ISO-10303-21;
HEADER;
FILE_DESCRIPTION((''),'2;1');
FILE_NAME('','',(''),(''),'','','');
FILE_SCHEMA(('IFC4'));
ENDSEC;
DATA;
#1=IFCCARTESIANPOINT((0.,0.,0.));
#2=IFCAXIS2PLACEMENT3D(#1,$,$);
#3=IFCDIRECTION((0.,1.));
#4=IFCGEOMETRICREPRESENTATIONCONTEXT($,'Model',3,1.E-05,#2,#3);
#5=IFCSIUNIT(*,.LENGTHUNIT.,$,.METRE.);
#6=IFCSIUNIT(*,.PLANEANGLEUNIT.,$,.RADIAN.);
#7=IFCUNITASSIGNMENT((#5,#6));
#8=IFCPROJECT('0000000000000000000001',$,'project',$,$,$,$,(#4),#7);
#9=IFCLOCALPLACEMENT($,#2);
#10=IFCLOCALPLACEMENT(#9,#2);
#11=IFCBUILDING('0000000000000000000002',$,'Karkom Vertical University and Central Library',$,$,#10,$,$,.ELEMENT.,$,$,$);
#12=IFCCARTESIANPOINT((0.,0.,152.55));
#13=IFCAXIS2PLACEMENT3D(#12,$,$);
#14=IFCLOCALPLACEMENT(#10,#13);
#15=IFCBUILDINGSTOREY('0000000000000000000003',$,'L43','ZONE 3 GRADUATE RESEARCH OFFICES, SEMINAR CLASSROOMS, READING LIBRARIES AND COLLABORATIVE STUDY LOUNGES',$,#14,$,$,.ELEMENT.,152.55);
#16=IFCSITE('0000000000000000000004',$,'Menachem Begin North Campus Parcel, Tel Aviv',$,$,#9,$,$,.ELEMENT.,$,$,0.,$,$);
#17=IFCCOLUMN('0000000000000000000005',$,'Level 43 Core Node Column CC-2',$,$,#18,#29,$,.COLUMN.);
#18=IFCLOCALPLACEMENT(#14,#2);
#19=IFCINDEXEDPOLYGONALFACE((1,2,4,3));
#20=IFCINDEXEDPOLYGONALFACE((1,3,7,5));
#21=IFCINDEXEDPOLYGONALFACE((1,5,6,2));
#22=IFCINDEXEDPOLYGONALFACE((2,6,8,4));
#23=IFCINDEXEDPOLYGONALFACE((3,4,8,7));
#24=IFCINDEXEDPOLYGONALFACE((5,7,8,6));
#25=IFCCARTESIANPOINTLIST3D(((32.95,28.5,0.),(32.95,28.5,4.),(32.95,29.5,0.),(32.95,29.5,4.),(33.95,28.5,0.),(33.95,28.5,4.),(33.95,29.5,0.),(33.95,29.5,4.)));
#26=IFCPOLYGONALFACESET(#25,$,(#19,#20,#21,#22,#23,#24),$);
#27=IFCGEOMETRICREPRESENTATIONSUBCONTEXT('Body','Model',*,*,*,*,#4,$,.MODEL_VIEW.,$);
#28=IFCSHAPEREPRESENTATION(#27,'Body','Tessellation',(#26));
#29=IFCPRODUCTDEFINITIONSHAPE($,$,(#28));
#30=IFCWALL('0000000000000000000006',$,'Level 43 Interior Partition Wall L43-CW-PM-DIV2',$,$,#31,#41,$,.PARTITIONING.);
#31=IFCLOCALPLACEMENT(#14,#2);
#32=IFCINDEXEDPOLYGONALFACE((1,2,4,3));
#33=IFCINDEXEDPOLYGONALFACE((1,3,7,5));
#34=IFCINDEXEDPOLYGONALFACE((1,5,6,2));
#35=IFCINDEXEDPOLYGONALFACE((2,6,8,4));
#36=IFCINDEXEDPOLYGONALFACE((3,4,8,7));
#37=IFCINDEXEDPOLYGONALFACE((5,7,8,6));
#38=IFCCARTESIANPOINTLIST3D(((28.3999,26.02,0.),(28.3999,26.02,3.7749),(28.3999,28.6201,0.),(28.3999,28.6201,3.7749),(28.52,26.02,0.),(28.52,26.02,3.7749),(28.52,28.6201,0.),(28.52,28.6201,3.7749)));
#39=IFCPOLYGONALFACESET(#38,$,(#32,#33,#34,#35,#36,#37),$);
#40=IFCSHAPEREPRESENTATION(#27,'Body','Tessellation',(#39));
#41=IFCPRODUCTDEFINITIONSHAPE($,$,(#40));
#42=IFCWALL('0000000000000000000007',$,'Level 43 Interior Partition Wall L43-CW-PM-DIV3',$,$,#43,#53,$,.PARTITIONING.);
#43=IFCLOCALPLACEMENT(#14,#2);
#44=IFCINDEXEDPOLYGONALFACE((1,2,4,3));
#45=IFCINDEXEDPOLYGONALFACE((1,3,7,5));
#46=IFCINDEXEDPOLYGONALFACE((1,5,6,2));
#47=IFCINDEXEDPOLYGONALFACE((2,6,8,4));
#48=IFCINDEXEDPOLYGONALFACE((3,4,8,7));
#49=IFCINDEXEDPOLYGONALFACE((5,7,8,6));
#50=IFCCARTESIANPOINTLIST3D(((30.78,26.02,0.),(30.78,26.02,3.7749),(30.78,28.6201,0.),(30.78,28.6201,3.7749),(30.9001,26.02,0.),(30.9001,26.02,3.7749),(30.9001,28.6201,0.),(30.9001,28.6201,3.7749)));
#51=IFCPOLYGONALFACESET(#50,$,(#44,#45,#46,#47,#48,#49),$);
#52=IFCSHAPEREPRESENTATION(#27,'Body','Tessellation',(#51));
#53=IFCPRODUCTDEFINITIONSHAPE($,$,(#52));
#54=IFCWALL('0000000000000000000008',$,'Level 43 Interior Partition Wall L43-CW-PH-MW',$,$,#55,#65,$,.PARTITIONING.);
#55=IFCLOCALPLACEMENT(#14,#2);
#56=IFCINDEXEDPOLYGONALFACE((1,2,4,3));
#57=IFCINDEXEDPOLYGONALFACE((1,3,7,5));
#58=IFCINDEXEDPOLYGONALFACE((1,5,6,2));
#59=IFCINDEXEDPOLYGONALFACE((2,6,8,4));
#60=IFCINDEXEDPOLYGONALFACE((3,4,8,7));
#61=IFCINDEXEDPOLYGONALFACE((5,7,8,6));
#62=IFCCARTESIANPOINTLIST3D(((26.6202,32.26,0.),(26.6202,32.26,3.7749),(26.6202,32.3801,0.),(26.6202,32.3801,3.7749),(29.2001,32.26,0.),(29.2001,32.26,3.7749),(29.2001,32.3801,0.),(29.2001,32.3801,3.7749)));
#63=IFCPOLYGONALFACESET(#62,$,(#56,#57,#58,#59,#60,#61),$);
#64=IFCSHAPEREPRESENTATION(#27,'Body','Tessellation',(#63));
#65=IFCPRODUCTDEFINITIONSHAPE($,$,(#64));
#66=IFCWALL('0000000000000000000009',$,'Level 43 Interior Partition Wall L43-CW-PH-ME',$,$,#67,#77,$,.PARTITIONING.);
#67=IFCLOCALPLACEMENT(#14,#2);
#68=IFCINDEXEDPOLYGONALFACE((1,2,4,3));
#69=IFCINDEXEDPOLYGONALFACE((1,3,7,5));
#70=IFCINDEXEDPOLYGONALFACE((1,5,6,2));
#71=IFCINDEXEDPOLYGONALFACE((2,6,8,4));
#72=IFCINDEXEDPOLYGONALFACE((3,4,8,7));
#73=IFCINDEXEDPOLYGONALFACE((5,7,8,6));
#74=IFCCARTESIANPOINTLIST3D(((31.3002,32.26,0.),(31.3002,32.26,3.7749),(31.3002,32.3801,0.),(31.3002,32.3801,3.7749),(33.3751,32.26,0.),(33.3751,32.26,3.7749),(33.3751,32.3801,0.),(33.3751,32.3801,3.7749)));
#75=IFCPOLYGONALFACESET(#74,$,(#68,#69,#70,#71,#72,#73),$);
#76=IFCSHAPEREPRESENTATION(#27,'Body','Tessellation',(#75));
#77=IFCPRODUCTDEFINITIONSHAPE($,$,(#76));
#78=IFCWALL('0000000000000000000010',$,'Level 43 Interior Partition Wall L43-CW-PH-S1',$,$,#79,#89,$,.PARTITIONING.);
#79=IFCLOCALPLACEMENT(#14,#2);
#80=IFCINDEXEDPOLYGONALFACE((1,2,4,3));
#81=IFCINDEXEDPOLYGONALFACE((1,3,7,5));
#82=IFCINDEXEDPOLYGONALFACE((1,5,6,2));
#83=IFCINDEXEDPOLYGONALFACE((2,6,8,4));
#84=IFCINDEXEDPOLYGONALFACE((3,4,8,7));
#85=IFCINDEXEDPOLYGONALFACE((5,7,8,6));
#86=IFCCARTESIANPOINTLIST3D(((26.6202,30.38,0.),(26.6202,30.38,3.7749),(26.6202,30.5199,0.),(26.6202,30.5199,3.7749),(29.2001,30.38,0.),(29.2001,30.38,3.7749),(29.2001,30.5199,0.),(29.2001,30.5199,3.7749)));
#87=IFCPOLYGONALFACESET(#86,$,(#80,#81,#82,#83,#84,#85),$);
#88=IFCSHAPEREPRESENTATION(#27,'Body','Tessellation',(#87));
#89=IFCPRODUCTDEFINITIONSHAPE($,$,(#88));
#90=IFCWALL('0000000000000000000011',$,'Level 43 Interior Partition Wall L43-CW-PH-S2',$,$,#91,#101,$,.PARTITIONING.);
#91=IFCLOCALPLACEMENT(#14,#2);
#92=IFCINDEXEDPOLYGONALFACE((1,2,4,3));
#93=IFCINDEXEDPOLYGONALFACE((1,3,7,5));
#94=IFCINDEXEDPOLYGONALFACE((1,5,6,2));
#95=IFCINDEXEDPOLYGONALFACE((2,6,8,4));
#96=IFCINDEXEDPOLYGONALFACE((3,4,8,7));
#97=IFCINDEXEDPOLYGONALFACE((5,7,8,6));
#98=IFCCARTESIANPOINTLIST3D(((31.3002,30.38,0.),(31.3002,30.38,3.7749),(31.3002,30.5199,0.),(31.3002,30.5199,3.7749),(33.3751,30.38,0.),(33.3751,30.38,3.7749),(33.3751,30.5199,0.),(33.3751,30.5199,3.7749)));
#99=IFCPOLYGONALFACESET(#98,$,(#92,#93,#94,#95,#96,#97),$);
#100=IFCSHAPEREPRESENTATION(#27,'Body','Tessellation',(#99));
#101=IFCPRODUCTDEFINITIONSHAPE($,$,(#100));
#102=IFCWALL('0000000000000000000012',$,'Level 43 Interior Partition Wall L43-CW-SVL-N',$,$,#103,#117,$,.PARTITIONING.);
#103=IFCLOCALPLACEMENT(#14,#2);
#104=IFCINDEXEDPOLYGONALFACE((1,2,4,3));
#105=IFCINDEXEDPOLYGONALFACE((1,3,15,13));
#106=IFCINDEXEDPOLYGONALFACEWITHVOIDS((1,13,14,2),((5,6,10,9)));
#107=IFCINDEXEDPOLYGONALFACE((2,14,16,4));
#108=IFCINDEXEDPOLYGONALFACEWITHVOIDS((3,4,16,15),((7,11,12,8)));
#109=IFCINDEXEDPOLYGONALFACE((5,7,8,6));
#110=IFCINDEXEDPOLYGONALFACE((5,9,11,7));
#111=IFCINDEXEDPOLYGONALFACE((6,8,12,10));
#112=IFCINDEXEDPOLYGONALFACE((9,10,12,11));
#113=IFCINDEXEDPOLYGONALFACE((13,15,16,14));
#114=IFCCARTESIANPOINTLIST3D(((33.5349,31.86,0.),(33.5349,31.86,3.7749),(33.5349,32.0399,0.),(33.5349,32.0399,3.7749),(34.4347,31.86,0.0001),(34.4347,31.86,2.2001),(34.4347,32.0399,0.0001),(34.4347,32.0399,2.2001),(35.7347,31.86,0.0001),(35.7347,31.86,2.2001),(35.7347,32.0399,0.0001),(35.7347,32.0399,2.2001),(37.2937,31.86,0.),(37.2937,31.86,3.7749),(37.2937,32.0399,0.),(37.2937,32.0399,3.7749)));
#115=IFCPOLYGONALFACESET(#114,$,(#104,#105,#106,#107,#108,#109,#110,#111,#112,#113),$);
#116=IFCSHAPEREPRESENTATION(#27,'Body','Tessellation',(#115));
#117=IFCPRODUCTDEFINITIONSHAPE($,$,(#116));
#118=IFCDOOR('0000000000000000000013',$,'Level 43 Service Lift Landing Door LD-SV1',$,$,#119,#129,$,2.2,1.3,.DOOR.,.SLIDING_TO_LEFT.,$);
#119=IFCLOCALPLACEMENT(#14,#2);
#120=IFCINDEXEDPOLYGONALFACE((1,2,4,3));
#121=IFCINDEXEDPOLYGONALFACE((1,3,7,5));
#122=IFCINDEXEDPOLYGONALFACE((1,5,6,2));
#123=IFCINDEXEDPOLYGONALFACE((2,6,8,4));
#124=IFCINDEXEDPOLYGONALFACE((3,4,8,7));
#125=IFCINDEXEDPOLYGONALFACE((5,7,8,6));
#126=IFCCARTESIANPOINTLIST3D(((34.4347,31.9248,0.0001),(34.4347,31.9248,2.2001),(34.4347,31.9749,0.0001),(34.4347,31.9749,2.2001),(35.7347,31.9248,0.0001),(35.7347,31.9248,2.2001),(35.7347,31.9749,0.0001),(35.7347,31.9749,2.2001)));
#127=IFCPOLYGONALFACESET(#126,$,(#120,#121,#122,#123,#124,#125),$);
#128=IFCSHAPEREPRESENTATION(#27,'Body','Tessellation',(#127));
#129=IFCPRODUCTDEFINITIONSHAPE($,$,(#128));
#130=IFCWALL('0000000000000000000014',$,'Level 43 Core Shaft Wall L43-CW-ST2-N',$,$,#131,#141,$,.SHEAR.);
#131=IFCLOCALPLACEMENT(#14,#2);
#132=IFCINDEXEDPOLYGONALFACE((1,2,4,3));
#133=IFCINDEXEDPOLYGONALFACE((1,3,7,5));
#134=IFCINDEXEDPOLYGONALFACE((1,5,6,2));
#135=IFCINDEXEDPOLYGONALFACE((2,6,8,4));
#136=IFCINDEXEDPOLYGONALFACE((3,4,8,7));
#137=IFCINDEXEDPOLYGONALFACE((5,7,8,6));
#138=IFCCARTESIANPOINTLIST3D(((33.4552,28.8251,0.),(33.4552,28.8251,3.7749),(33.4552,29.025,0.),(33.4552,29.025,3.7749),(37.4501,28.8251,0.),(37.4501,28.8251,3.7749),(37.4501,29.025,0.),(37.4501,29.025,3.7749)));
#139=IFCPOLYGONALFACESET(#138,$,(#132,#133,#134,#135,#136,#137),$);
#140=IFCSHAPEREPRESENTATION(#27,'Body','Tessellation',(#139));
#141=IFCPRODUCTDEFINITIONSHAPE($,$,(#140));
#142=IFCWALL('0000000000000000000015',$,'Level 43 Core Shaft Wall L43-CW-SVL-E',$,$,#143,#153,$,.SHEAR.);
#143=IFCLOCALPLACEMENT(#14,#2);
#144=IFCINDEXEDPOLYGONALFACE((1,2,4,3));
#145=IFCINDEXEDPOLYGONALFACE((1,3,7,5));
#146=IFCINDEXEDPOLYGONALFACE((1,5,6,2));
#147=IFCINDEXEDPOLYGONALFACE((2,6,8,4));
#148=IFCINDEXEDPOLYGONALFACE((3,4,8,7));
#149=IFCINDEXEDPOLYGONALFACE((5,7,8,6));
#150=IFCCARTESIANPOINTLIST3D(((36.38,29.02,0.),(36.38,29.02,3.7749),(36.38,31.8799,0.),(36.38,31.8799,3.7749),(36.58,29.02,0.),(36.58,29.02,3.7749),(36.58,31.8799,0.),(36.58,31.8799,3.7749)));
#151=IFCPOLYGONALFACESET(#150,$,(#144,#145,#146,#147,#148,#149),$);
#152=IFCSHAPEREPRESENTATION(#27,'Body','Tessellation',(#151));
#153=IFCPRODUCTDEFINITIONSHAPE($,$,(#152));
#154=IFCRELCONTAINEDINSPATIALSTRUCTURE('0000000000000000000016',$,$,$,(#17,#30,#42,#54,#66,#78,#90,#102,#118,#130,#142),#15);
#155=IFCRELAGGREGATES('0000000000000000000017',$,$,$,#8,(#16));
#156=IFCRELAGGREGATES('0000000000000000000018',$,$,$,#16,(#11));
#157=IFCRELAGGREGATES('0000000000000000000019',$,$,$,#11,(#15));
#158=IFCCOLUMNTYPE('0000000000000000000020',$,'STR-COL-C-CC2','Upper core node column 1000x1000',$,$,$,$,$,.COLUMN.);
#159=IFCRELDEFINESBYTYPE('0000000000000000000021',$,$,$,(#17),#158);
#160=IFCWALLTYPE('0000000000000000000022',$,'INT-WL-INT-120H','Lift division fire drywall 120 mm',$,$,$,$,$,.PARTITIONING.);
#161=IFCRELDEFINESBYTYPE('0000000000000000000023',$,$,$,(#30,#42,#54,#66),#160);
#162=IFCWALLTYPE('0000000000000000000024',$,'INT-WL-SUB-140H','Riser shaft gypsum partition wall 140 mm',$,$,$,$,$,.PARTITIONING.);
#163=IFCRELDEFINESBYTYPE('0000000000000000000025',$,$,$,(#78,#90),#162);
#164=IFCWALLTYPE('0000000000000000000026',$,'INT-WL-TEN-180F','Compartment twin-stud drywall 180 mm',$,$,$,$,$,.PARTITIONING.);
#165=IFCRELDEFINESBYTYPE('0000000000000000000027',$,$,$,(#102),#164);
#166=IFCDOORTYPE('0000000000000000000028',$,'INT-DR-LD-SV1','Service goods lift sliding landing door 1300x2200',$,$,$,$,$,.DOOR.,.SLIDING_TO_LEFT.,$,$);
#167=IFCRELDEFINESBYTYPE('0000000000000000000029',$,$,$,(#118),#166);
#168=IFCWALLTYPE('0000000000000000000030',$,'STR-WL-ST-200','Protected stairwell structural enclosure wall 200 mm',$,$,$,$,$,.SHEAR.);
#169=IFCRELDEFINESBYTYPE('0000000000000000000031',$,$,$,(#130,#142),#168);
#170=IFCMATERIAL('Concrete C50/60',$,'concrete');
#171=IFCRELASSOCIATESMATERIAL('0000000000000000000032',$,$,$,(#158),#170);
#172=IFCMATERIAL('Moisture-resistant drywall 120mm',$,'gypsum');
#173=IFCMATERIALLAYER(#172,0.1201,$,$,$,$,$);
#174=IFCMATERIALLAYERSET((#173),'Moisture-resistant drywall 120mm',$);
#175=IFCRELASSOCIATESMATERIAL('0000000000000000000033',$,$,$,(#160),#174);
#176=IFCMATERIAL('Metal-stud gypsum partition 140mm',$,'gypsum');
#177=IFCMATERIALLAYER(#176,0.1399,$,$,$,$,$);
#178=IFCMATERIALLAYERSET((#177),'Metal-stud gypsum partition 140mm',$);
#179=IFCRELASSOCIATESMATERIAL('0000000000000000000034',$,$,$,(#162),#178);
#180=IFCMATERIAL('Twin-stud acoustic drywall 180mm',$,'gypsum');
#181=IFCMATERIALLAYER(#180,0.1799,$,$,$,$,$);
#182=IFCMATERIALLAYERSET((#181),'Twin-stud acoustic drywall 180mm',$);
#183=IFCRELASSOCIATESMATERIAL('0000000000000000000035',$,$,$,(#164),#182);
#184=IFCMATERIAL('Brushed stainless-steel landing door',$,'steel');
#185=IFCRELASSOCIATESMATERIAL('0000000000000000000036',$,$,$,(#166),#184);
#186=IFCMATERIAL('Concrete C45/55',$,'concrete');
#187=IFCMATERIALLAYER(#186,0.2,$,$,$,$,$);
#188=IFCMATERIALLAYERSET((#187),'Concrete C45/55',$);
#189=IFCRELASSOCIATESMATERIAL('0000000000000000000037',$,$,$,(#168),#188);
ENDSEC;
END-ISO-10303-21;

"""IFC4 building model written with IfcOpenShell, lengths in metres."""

from ifc_helpers import new_model, si_unit, direction, frame, frame_2d, origin, origin_with_axes, origin_2d, place, context, subcontext, project, spatial, rectangle, extrude, source, transform, mapped, material, layer, layer_set, material_profile, profile_set, type_object, element, fill, save


model = new_model("IFC4")

# Units and contexts
model_context = context("Model", 3, precision=1e-05, world=origin(), true_north=direction((0.0, 1.0)))
body_context = subcontext(model_context, "Body", "Model", "MODEL_VIEW")
ifc_project = project(units=[si_unit("LENGTHUNIT", "METRE"), si_unit("PLANEANGLEUNIT", "RADIAN")], contexts=[model_context])

# Site, building, storey
site_placement = place(None, origin())
site = spatial("IfcSite", under=ifc_project, at=site_placement, Name="Menachem Begin North Campus Parcel, Tel Aviv", CompositionType="ELEMENT", RefElevation=0.0)
building_placement = place(site_placement, origin())
building = spatial("IfcBuilding", under=site, at=building_placement, Name="Karkom Vertical University and Central Library", CompositionType="ELEMENT")
storey_placement = place(building_placement, frame((0.0, 0.0, 152.55)))
storey = spatial("IfcBuildingStorey", under=building, at=storey_placement, Name="L43", Description="ZONE 3 GRADUATE RESEARCH OFFICES, SEMINAR CLASSROOMS, READING LIBRARIES AND COLLABORATIVE STUDY LOUNGES", CompositionType="ELEMENT", Elevation=152.55)

# Column
ifc_material_1 = material(Name="Concrete C50/60", Category="concrete")
ifc_material_profile = material_profile(ifc_material_1, rectangle(XDim=1.0, YDim=1.0, at=origin_2d()), Name="RC-1000x1000")
ifc_profile_set = profile_set([ifc_material_profile], Name="Concrete C50/60")
column_type = type_object("IfcColumnType", Name="STR-COL-C-CC2", Description="Upper core node column 1000x1000", PredefinedType="COLUMN", material=ifc_profile_set)
shared_shape_1 = source(origin_with_axes(), body_context, "Body", "SweptSolid", [
    extrude(rectangle(XDim=1.0, YDim=1.0, at=origin_2d()), origin(), (0.0, 0.0, 1.0), 4.0),
])
column_placement = place(storey_placement, frame((33.45, 29.0, 0.0), z_axis=(0.0, 0.0, 1.0), x_axis=(1.0, 0.0, 0.0)))
element("IfcColumn", 1, at=column_placement, inside=storey, type_object=column_type, Name="Level 43 Core Node Column CC-2", PredefinedType="COLUMN", context=body_context, shape_type="MappedRepresentation", body=[
    mapped(shared_shape_1, transform((0.0, 0.0, 0.0), scale=1.0)),
])

# Walls
ifc_material_2 = material(Name="Moisture-resistant drywall 120mm", Category="gypsum")
ifc_layer_1 = layer(ifc_material_2, 0.1201)
ifc_layer_set_1 = layer_set([ifc_layer_1], Name="Moisture-resistant drywall 120mm")
wall_type_1 = type_object("IfcWallType", Name="INT-WL-INT-120H", Description="Lift division fire drywall 120 mm", PredefinedType="PARTITIONING", material=ifc_layer_set_1)
for number, where, z_axis, x_axis, name in (
    (2, (28.46, 26.02, 0.0), (0.0, 0.0, 1.0), (0.0, 1.0, 0.0), "Level 43 Interior Partition Wall L43-CW-PM-DIV2"),
    (3, (30.8401, 26.02, 0.0), (0.0, 0.0, 1.0), (0.0, 1.0, 0.0), "Level 43 Interior Partition Wall L43-CW-PM-DIV3"),
):
    element("IfcWall", number, at=place(storey_placement, frame(where, z_axis=z_axis, x_axis=x_axis)), inside=storey, type_object=wall_type_1, Name=name, PredefinedType="PARTITIONING", context=body_context, shape_type="SweptSolid", body=[
        extrude(rectangle(XDim=2.6001, YDim=0.1201, at=frame_2d((1.3, 0.0))), origin(), (0.0, 0.0, 1.0), 3.7749),
    ])
wall_1_placement = place(storey_placement, frame((26.6201, 32.3201, 0.0), z_axis=(0.0, 0.0, 1.0), x_axis=(1.0, 0.0, 0.0)))
element("IfcWall", 4, at=wall_1_placement, inside=storey, type_object=wall_type_1, Name="Level 43 Interior Partition Wall L43-CW-PH-MW", PredefinedType="PARTITIONING", context=body_context, shape_type="SweptSolid", body=[
    extrude(rectangle(XDim=2.5798, YDim=0.1201, at=frame_2d((1.29, 0.0))), origin(), (0.0, 0.0, 1.0), 3.7749),
])
wall_2_placement = place(storey_placement, frame((31.3, 32.3201, 0.0), z_axis=(0.0, 0.0, 1.0), x_axis=(1.0, 0.0, 0.0)))
element("IfcWall", 5, at=wall_2_placement, inside=storey, type_object=wall_type_1, Name="Level 43 Interior Partition Wall L43-CW-PH-ME", PredefinedType="PARTITIONING", context=body_context, shape_type="SweptSolid", body=[
    extrude(rectangle(XDim=2.075, YDim=0.1201, at=frame_2d((1.0376, 0.0))), origin(), (0.0, 0.0, 1.0), 3.7749),
])

# Shared definitions
ifc_material_3 = material(Name="Metal-stud gypsum partition 140mm", Category="gypsum")
ifc_layer_2 = layer(ifc_material_3, 0.1399)
ifc_layer_set_2 = layer_set([ifc_layer_2], Name="Metal-stud gypsum partition 140mm")
wall_type_2 = type_object("IfcWallType", Name="INT-WL-SUB-140H", Description="Riser shaft gypsum partition wall 140 mm", PredefinedType="PARTITIONING", material=ifc_layer_set_2)
ifc_material_4 = material(Name="Brushed stainless-steel landing door", Category="steel")

# Walls
wall_3_placement = place(storey_placement, frame((26.6201, 30.45, 0.0), z_axis=(0.0, 0.0, 1.0), x_axis=(1.0, 0.0, 0.0)))
element("IfcWall", 6, at=wall_3_placement, inside=storey, type_object=wall_type_2, Name="Level 43 Interior Partition Wall L43-CW-PH-S1", PredefinedType="PARTITIONING", context=body_context, shape_type="SweptSolid", body=[
    extrude(rectangle(XDim=2.5798, YDim=0.1399, at=frame_2d((1.29, 0.0))), origin(), (0.0, 0.0, 1.0), 3.7749),
])
wall_4_placement = place(storey_placement, frame((31.3, 30.45, 0.0), z_axis=(0.0, 0.0, 1.0), x_axis=(1.0, 0.0, 0.0)))
element("IfcWall", 7, at=wall_4_placement, inside=storey, type_object=wall_type_2, Name="Level 43 Interior Partition Wall L43-CW-PH-S2", PredefinedType="PARTITIONING", context=body_context, shape_type="SweptSolid", body=[
    extrude(rectangle(XDim=2.075, YDim=0.1399, at=frame_2d((1.0376, 0.0))), origin(), (0.0, 0.0, 1.0), 3.7749),
])

# Wall, opening, door
ifc_material_5 = material(Name="Twin-stud acoustic drywall 180mm", Category="gypsum")
ifc_layer_3 = layer(ifc_material_5, 0.1799)
ifc_layer_set_3 = layer_set([ifc_layer_3], Name="Twin-stud acoustic drywall 180mm")
wall_type_3 = type_object("IfcWallType", Name="INT-WL-TEN-180F", Description="Compartment twin-stud drywall 180 mm", PredefinedType="PARTITIONING", material=ifc_layer_set_3)
wall_5_placement = place(storey_placement, frame((33.5349, 31.95, 0.0), z_axis=(0.0, 0.0, 1.0), x_axis=(1.0, 0.0, 0.0)))
wall_5 = element("IfcWall", 8, at=wall_5_placement, inside=storey, type_object=wall_type_3, Name="Level 43 Interior Partition Wall L43-CW-SVL-N", PredefinedType="PARTITIONING", context=body_context, shape_type="SweptSolid", body=[
    extrude(rectangle(XDim=3.7588, YDim=0.1799, at=frame_2d((1.8794, 0.0))), origin(), (0.0, 0.0, 1.0), 3.7749),
])
opening_1_placement = place(wall_5_placement, frame((0.8999, 0.0, 0.0)))
opening_1 = element("IfcOpeningElement", 9, at=opening_1_placement, cuts=wall_5, PredefinedType="OPENING", context=body_context, shape_type="SweptSolid", body=[
    extrude(rectangle(XDim=1.3, YDim=2.2, at=frame_2d((0.6499, 1.1001))), frame((0.0, 0.1001, 0.0), z_axis=(0.0, -1.0, 0.0), x_axis=(1.0, 0.0, 0.0)), (0.0, 0.0, 1.0), 0.2),
])
door_type_1 = type_object("IfcDoorType", Name="INT-DR-LD-SV1", Description="Service goods lift sliding landing door 1300x2200", OperationType="SLIDING_TO_LEFT", PredefinedType="DOOR", material=ifc_material_4)
shared_shape_2 = source(origin_with_axes(), body_context, "Body", "SweptSolid", [
    extrude(rectangle(XDim=1.3, YDim=2.2, at=frame_2d((0.6499, 1.1001))), frame((0.0, 0.0249, 0.0), z_axis=(0.0, -1.0, 0.0), x_axis=(1.0, 0.0, 0.0)), (0.0, 0.0, 1.0), 0.05),
])
door_1_placement = place(opening_1_placement, origin())
door_1 = element("IfcDoor", 10, at=door_1_placement, inside=storey, type_object=door_type_1, Name="Level 43 Service Lift Landing Door LD-SV1", OperationType="SLIDING_TO_LEFT", OverallHeight=2.2, OverallWidth=1.3, PredefinedType="DOOR", context=body_context, shape_type="MappedRepresentation", body=[
    mapped(shared_shape_2, transform((0.0, 0.0, 0.0), scale=1.0)),
])
fill(opening_1, door_1)

# Walls
ifc_material_6 = material(Name="Concrete C45/55", Category="concrete")
ifc_layer_4 = layer(ifc_material_6, 0.2)
ifc_layer_set_4 = layer_set([ifc_layer_4], Name="Concrete C45/55")
wall_type_4 = type_object("IfcWallType", Name="STR-WL-ST-200", Description="Protected stairwell structural enclosure wall 200 mm", PredefinedType="SHEAR", material=ifc_layer_set_4)
wall_6_placement = place(storey_placement, frame((33.4551, 28.925, 0.0), z_axis=(0.0, 0.0, 1.0), x_axis=(1.0, 0.0, 0.0)))
element("IfcWall", 11, at=wall_6_placement, inside=storey, type_object=wall_type_4, Name="Level 43 Core Shaft Wall L43-CW-ST2-N", PredefinedType="SHEAR", context=body_context, shape_type="SweptSolid", body=[
    extrude(rectangle(XDim=3.9949, YDim=0.2, at=frame_2d((1.9976, 0.0))), origin(), (0.0, 0.0, 1.0), 3.7749),
])
wall_7_placement = place(storey_placement, frame((36.48, 29.02, 0.0), z_axis=(0.0, 0.0, 1.0), x_axis=(0.0, 1.0, 0.0)))
element("IfcWall", 12, at=wall_7_placement, inside=storey, type_object=wall_type_4, Name="Level 43 Core Shaft Wall L43-CW-SVL-E", PredefinedType="SHEAR", context=body_context, shape_type="SweptSolid", body=[
    extrude(rectangle(XDim=2.8599, YDim=0.2, at=frame_2d((1.4299, 0.0))), origin(), (0.0, 0.0, 1.0), 3.7749),
])

save(model, "model.ifc")
